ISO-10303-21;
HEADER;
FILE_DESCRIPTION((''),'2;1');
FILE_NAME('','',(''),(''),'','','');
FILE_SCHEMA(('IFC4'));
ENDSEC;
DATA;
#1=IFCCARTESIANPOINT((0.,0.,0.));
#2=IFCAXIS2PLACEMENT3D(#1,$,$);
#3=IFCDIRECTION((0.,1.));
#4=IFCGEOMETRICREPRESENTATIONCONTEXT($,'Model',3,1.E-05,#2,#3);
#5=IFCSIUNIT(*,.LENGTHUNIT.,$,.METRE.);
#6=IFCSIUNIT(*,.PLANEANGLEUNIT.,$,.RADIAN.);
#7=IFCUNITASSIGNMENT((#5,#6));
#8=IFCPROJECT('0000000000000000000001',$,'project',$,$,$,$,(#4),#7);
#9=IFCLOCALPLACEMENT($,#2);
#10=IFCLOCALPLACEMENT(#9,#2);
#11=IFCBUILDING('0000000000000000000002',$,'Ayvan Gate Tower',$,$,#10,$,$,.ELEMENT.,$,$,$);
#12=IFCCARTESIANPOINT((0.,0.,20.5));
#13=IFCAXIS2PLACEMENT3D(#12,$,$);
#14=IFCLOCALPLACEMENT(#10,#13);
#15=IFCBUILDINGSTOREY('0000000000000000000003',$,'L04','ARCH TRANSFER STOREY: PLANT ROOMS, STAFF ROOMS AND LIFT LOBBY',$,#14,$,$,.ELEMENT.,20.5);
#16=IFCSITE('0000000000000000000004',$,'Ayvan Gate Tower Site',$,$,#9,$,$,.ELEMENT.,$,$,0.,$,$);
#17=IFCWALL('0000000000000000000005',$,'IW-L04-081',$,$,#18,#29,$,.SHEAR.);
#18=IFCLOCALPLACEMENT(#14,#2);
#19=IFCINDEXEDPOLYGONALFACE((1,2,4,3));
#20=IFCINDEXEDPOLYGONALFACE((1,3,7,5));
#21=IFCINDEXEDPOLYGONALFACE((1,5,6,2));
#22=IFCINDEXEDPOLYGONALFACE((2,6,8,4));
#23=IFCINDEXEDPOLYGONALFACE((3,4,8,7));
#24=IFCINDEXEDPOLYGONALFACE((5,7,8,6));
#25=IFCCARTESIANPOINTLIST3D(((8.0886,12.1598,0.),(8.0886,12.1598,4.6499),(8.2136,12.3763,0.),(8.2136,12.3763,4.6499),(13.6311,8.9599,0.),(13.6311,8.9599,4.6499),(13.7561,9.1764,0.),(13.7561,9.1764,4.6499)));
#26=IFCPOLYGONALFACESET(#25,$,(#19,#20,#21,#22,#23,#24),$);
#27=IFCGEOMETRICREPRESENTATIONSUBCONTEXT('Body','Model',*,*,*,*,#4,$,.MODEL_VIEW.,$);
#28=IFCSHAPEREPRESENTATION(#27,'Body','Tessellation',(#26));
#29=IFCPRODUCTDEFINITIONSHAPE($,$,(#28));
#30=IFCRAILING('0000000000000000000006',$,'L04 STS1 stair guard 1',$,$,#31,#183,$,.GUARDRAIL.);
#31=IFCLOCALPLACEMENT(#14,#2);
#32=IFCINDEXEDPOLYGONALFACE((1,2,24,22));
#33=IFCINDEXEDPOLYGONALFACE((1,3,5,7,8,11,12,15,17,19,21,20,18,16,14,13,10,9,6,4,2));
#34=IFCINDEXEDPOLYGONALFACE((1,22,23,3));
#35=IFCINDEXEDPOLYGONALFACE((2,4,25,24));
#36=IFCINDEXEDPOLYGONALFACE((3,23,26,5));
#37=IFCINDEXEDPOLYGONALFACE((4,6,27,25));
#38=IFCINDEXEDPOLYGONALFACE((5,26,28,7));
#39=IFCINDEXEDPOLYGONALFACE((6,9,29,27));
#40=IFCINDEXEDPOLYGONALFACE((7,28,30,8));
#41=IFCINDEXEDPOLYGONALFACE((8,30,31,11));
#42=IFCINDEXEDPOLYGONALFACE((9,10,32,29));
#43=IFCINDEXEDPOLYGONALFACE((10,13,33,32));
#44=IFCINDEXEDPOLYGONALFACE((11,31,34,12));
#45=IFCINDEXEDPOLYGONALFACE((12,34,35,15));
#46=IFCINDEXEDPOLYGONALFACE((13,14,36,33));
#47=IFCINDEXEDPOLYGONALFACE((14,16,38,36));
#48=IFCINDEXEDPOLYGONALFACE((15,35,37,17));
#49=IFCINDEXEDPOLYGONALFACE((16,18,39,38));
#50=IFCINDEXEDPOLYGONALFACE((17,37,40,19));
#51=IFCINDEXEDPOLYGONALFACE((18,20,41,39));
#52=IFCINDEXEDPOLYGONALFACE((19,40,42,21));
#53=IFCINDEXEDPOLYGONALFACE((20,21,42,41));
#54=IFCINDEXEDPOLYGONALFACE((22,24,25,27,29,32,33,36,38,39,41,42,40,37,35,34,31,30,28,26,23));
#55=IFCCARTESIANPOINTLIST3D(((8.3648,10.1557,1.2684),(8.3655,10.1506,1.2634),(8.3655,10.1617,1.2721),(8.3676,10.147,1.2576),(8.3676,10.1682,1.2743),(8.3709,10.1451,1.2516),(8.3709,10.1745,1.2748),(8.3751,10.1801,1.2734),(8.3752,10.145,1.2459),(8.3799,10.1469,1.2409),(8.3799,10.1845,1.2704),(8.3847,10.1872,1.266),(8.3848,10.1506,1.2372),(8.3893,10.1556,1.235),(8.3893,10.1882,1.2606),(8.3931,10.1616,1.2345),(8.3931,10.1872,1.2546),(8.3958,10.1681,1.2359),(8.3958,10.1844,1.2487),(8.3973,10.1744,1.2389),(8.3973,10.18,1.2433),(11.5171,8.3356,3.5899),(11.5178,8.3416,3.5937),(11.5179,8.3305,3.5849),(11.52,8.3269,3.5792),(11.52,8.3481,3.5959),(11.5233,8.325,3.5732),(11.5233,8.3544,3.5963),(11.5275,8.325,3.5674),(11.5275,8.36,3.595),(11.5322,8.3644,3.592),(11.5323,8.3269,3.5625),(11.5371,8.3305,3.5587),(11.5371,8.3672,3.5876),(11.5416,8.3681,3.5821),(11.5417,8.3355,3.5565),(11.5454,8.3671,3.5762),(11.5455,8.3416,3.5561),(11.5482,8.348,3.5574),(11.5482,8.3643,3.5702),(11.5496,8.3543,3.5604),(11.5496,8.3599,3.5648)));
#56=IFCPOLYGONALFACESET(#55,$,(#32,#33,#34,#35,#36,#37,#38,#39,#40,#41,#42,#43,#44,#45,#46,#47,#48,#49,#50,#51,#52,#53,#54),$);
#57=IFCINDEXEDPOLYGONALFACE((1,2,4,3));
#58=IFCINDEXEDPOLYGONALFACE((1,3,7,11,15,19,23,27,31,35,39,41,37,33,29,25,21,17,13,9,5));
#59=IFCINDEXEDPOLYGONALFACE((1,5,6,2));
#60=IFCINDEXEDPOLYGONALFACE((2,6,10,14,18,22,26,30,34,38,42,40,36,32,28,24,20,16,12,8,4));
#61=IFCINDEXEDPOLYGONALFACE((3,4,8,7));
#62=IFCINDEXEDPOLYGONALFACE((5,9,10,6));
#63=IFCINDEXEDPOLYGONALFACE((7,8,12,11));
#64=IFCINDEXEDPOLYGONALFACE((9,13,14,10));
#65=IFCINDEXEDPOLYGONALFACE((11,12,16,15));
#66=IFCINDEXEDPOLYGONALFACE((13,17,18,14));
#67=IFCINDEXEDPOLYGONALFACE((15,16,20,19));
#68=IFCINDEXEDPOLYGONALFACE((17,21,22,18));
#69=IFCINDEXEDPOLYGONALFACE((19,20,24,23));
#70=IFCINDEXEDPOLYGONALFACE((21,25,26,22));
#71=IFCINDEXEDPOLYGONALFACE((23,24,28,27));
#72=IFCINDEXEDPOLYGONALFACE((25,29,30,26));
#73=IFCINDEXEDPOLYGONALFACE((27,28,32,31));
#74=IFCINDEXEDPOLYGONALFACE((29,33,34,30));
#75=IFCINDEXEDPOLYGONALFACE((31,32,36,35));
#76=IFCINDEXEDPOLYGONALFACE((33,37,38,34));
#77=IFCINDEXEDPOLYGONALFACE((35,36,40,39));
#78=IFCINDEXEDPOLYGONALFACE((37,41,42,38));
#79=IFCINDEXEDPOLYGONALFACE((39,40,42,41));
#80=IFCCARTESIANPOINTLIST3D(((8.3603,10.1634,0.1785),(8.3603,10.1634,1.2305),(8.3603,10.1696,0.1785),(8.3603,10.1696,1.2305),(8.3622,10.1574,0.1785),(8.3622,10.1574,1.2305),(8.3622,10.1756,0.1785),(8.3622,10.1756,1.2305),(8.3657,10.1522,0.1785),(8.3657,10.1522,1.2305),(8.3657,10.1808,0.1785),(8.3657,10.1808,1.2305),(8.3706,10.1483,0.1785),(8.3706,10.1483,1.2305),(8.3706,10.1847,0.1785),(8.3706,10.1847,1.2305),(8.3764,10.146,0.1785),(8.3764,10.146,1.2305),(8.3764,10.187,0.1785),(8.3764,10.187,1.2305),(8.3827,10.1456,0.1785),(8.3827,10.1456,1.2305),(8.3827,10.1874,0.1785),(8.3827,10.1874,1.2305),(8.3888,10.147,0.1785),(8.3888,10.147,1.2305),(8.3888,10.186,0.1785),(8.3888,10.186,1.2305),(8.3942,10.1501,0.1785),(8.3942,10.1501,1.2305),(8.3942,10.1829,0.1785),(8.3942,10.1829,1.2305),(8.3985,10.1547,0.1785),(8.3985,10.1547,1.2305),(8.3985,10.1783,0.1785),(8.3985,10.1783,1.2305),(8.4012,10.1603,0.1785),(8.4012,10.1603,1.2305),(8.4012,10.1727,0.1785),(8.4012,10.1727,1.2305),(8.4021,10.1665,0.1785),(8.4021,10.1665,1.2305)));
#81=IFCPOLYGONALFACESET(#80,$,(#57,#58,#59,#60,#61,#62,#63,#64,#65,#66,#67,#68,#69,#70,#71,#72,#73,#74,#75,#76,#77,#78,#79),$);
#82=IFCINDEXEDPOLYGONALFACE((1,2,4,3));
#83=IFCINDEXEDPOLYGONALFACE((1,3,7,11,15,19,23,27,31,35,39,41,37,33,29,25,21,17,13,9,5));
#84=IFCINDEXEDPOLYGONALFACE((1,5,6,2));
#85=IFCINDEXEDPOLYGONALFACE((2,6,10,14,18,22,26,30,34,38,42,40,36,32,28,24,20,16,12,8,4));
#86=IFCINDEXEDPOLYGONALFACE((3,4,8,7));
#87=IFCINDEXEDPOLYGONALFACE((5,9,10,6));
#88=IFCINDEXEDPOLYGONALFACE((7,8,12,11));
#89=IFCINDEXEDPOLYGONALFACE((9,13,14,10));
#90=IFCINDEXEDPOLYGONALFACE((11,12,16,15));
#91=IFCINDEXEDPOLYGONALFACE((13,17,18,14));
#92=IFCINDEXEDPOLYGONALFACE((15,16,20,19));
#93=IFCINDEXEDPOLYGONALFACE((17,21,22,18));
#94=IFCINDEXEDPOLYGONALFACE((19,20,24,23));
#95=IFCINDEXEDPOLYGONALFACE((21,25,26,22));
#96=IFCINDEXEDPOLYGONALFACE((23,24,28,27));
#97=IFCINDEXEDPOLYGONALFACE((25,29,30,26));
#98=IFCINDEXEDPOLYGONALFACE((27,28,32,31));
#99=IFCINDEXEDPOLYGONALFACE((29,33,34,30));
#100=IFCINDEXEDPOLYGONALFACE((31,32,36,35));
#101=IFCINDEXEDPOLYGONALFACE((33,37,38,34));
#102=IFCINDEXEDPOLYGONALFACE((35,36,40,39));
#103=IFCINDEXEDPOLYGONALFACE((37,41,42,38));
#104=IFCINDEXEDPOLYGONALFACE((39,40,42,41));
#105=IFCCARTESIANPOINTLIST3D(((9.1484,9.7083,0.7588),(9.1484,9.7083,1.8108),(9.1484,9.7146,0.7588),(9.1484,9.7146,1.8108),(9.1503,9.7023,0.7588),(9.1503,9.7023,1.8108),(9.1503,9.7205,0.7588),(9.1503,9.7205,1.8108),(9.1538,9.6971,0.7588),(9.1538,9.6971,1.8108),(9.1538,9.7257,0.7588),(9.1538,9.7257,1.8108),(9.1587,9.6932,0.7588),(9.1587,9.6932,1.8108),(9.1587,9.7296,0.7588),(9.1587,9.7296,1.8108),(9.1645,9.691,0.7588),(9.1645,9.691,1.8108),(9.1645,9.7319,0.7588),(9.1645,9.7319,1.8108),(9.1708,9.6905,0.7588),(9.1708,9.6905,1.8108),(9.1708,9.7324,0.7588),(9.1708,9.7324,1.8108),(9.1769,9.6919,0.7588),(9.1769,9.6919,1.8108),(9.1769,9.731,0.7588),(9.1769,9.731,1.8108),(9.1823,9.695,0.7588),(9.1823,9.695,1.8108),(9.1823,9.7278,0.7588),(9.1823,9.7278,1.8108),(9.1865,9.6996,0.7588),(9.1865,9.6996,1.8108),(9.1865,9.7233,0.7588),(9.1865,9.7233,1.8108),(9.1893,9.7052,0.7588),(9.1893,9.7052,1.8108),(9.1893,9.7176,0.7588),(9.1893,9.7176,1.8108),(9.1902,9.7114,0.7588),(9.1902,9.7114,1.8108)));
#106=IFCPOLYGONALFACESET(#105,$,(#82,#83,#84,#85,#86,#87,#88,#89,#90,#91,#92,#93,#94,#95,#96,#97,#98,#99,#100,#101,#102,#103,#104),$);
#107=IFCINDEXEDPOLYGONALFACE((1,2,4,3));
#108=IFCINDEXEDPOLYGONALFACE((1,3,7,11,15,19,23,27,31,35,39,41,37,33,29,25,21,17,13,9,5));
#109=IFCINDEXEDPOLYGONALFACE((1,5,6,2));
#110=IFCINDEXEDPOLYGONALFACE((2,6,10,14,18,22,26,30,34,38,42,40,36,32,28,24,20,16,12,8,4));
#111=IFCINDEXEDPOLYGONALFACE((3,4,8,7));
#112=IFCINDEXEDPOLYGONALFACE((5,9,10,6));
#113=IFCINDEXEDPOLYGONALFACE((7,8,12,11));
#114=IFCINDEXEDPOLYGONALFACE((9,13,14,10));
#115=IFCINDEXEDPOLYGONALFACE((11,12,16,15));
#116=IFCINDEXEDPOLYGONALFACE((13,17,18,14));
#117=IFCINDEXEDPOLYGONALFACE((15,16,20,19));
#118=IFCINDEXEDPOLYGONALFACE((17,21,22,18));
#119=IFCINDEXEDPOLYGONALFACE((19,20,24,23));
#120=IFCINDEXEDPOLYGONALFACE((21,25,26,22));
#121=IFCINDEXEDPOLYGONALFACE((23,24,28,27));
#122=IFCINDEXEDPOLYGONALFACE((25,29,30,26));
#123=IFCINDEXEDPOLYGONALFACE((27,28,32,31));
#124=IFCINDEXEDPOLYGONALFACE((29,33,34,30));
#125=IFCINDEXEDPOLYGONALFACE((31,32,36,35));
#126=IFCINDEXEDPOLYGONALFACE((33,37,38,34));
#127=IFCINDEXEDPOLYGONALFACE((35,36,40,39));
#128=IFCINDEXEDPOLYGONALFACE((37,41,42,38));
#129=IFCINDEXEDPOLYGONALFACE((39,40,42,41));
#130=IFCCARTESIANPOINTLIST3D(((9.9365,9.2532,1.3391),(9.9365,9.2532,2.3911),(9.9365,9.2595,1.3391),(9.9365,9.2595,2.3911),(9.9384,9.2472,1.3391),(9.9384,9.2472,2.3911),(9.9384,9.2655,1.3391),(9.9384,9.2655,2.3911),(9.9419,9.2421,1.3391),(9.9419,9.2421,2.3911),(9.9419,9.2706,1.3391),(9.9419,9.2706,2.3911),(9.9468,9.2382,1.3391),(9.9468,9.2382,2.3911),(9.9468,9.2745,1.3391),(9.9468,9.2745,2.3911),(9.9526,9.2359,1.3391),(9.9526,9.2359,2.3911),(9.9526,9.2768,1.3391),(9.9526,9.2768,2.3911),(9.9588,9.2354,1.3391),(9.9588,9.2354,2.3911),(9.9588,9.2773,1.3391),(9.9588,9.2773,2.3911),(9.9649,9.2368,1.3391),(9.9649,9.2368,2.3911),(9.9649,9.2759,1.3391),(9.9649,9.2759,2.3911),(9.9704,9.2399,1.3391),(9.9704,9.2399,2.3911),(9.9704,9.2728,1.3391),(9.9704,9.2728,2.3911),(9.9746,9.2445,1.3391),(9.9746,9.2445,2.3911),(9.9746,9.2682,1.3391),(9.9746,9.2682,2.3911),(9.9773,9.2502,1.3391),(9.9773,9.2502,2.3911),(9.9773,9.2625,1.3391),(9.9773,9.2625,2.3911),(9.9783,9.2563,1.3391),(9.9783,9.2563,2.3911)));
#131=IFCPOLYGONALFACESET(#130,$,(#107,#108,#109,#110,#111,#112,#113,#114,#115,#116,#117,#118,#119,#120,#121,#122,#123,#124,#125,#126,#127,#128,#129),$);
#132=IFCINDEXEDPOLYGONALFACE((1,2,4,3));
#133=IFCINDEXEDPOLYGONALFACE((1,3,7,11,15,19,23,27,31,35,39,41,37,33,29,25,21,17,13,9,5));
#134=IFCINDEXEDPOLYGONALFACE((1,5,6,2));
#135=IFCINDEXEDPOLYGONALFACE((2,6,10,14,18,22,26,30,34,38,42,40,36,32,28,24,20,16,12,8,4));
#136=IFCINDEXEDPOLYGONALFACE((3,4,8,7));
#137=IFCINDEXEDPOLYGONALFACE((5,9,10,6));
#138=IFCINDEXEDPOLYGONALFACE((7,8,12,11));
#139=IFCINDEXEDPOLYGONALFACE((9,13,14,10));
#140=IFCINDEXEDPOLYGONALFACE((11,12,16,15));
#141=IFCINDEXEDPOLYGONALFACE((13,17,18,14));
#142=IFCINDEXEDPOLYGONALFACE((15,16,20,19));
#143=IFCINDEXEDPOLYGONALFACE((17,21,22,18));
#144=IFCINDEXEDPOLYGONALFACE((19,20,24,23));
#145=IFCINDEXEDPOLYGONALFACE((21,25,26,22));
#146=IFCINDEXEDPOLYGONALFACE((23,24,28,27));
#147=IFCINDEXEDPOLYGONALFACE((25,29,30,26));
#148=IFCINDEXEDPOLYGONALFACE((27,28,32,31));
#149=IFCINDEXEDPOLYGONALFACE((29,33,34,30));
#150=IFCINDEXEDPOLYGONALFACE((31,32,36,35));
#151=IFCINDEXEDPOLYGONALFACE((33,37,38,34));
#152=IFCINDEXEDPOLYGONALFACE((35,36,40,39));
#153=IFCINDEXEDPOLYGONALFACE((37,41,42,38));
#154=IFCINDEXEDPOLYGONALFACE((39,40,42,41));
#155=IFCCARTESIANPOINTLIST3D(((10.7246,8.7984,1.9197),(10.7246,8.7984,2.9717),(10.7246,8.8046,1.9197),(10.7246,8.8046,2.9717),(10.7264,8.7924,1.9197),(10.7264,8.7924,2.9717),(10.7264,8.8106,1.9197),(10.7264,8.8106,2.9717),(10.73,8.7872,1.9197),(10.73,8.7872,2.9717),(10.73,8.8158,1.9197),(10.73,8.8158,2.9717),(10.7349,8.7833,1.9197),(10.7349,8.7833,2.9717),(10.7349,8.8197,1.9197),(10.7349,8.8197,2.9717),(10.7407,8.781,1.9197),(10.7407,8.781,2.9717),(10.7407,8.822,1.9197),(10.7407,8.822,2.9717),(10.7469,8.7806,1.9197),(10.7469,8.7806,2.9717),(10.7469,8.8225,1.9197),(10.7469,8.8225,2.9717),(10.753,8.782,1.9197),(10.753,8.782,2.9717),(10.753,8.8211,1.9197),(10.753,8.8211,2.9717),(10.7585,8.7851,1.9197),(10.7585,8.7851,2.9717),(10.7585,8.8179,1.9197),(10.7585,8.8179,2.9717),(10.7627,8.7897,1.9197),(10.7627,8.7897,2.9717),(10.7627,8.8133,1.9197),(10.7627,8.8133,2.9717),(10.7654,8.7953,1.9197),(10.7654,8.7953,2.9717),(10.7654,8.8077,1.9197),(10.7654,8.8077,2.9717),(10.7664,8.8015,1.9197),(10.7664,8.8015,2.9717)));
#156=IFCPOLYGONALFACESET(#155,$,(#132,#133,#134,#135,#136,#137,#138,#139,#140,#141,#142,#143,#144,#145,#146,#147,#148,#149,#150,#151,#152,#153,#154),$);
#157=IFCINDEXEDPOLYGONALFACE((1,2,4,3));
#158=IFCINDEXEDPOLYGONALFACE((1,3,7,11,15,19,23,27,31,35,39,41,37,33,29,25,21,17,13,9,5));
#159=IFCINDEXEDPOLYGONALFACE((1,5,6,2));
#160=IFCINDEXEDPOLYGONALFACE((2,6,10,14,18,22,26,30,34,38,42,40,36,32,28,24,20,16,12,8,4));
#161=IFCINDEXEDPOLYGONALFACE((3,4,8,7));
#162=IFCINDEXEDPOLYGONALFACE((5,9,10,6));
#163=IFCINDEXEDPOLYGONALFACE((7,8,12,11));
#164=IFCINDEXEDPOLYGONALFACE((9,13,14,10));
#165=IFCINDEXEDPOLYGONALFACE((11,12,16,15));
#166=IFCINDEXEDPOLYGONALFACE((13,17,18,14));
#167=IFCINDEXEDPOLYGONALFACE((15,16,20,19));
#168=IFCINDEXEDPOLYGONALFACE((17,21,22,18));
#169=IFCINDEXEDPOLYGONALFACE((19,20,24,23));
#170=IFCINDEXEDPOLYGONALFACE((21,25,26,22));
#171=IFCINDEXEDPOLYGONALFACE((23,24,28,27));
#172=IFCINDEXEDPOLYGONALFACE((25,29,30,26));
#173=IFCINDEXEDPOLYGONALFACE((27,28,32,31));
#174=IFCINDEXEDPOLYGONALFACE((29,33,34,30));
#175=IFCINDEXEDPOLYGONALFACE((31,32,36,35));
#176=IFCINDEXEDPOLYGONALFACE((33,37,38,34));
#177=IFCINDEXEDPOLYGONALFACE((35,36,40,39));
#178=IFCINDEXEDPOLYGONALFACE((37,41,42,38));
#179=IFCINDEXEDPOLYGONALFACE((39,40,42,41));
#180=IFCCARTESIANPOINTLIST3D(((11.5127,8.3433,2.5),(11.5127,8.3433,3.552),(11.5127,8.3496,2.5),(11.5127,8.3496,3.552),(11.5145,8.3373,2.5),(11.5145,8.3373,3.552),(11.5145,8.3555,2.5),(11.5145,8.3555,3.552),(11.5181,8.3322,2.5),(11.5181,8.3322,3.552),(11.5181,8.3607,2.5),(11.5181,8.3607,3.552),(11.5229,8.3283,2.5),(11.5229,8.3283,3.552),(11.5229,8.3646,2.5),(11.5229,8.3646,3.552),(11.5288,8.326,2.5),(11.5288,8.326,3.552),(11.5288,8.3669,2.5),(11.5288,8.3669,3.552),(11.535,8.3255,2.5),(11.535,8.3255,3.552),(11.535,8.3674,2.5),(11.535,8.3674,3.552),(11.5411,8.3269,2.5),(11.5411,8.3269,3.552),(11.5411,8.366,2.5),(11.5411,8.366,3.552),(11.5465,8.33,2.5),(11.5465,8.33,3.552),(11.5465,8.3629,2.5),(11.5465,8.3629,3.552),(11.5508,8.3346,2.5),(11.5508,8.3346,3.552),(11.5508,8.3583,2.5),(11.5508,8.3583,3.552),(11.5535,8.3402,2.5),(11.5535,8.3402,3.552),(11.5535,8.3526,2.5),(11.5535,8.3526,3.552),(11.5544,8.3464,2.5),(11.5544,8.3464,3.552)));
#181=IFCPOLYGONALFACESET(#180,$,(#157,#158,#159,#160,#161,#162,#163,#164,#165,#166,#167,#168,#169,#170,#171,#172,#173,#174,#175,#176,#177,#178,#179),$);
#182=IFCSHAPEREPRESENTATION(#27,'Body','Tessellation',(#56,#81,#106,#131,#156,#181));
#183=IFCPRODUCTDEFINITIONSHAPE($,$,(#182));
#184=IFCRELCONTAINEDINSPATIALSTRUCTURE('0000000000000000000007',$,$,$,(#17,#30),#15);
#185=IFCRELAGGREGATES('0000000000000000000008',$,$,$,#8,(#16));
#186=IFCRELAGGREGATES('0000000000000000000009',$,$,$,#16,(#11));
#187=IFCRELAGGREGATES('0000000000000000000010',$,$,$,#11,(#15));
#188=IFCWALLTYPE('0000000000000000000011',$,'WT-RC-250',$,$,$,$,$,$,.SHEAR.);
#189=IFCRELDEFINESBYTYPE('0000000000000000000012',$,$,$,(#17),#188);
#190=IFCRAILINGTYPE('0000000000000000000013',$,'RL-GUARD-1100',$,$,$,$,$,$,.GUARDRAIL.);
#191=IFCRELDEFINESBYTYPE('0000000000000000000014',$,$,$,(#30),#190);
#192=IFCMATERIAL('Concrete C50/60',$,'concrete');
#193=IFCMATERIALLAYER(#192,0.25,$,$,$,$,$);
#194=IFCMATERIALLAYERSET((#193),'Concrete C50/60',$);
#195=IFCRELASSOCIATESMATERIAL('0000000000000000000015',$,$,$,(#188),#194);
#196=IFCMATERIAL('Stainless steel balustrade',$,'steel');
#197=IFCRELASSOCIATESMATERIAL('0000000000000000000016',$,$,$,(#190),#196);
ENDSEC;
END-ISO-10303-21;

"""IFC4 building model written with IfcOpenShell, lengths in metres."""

from ifc_helpers import new_model, si_unit, direction, frame, frame_2d, origin, origin_2d, place, context, subcontext, project, spatial, rectangle, circle, extrude, material, layer, layer_set, type_object, element, save


model = new_model("IFC4")

# Units and contexts
model_context = context("Model", 3, precision=1e-05, world=origin(), true_north=direction((0.0, 1.0)))
body_context = subcontext(model_context, "Body", "Model", "MODEL_VIEW")
ifc_project = project(units=[si_unit("LENGTHUNIT", "METRE"), si_unit("PLANEANGLEUNIT", "RADIAN")], contexts=[model_context])

# Site, building, storey
site_placement = place(None, origin())
site = spatial("IfcSite", under=ifc_project, at=site_placement, Name="Ayvan Gate Tower Site", CompositionType="ELEMENT", RefElevation=0.0)
building_placement = place(site_placement, origin())
building = spatial("IfcBuilding", under=site, at=building_placement, Name="Ayvan Gate Tower", CompositionType="ELEMENT")
storey_placement = place(building_placement, frame((0.0, 0.0, 20.5)))
storey = spatial("IfcBuildingStorey", under=building, at=storey_placement, Name="L04", Description="ARCH TRANSFER STOREY: PLANT ROOMS, STAFF ROOMS AND LIFT LOBBY", CompositionType="ELEMENT", Elevation=20.5)

# Shared definitions
ifc_material_1 = material(Name="Concrete C50/60", Category="concrete")
ifc_layer_1 = layer(ifc_material_1, 0.25)
ifc_layer_set_1 = layer_set([ifc_layer_1], Name="Concrete C50/60")
wall_type_1 = type_object("IfcWallType", Name="WT-RC-250", PredefinedType="SHEAR", material=ifc_layer_set_1)

# Wall
wall_1_placement = place(storey_placement, frame((8.1511, 12.2681, 0.0), z_axis=(0.0, 0.0, 1.0), x_axis=(0.866025, -0.5, 0.0)))
element("IfcWall", 1, at=wall_1_placement, inside=storey, type_object=wall_type_1, Name="IW-L04-081", PredefinedType="SHEAR", context=body_context, shape_type="SweptSolid", body=[
    extrude(rectangle(XDim=6.3999, YDim=0.25, at=frame_2d((3.2, 0.0))), origin(), (0.0, 0.0, 1.0), 4.6499),
])

# Railing
ifc_material_2 = material(Name="Stainless steel balustrade", Category="steel")
railing_type_1 = type_object("IfcRailingType", Name="RL-GUARD-1100", PredefinedType="GUARDRAIL", material=ifc_material_2)
railing_1_placement = place(storey_placement, frame((8.3811, 10.1665, 0.1785)))
element("IfcRailing", 2, at=railing_1_placement, inside=storey, type_object=railing_type_1, Name="L04 STS1 stair guard 1", PredefinedType="GUARDRAIL", context=body_context, shape_type="SweptSolid", body=[
    extrude(circle(Radius=0.0239, at=origin_2d()), frame((0.0, 0.0, 1.0762), z_axis=(0.730159, -0.421572, 0.537723), x_axis=(0.500013, 0.866018, 0.0)), (0.0, 0.0, 1.0), 4.3174),
    extrude(circle(Radius=0.021, at=origin_2d()), origin(), (0.0, 0.0, 1.0), 1.052),
    extrude(circle(Radius=0.021, at=origin_2d()), frame((0.7881, -0.4551, 0.5803)), (0.0, 0.0, 1.0), 1.052),
    extrude(circle(Radius=0.021, at=origin_2d()), frame((1.5762, -0.9102, 1.1606)), (0.0, 0.0, 1.0), 1.052),
    extrude(circle(Radius=0.021, at=origin_2d()), frame((2.3643, -1.365, 1.7412)), (0.0, 0.0, 1.0), 1.052),
    extrude(circle(Radius=0.021, at=origin_2d()), frame((3.1523, -1.8201, 2.3215)), (0.0, 0.0, 1.0), 1.052),
])

save(model, "model.ifc")
